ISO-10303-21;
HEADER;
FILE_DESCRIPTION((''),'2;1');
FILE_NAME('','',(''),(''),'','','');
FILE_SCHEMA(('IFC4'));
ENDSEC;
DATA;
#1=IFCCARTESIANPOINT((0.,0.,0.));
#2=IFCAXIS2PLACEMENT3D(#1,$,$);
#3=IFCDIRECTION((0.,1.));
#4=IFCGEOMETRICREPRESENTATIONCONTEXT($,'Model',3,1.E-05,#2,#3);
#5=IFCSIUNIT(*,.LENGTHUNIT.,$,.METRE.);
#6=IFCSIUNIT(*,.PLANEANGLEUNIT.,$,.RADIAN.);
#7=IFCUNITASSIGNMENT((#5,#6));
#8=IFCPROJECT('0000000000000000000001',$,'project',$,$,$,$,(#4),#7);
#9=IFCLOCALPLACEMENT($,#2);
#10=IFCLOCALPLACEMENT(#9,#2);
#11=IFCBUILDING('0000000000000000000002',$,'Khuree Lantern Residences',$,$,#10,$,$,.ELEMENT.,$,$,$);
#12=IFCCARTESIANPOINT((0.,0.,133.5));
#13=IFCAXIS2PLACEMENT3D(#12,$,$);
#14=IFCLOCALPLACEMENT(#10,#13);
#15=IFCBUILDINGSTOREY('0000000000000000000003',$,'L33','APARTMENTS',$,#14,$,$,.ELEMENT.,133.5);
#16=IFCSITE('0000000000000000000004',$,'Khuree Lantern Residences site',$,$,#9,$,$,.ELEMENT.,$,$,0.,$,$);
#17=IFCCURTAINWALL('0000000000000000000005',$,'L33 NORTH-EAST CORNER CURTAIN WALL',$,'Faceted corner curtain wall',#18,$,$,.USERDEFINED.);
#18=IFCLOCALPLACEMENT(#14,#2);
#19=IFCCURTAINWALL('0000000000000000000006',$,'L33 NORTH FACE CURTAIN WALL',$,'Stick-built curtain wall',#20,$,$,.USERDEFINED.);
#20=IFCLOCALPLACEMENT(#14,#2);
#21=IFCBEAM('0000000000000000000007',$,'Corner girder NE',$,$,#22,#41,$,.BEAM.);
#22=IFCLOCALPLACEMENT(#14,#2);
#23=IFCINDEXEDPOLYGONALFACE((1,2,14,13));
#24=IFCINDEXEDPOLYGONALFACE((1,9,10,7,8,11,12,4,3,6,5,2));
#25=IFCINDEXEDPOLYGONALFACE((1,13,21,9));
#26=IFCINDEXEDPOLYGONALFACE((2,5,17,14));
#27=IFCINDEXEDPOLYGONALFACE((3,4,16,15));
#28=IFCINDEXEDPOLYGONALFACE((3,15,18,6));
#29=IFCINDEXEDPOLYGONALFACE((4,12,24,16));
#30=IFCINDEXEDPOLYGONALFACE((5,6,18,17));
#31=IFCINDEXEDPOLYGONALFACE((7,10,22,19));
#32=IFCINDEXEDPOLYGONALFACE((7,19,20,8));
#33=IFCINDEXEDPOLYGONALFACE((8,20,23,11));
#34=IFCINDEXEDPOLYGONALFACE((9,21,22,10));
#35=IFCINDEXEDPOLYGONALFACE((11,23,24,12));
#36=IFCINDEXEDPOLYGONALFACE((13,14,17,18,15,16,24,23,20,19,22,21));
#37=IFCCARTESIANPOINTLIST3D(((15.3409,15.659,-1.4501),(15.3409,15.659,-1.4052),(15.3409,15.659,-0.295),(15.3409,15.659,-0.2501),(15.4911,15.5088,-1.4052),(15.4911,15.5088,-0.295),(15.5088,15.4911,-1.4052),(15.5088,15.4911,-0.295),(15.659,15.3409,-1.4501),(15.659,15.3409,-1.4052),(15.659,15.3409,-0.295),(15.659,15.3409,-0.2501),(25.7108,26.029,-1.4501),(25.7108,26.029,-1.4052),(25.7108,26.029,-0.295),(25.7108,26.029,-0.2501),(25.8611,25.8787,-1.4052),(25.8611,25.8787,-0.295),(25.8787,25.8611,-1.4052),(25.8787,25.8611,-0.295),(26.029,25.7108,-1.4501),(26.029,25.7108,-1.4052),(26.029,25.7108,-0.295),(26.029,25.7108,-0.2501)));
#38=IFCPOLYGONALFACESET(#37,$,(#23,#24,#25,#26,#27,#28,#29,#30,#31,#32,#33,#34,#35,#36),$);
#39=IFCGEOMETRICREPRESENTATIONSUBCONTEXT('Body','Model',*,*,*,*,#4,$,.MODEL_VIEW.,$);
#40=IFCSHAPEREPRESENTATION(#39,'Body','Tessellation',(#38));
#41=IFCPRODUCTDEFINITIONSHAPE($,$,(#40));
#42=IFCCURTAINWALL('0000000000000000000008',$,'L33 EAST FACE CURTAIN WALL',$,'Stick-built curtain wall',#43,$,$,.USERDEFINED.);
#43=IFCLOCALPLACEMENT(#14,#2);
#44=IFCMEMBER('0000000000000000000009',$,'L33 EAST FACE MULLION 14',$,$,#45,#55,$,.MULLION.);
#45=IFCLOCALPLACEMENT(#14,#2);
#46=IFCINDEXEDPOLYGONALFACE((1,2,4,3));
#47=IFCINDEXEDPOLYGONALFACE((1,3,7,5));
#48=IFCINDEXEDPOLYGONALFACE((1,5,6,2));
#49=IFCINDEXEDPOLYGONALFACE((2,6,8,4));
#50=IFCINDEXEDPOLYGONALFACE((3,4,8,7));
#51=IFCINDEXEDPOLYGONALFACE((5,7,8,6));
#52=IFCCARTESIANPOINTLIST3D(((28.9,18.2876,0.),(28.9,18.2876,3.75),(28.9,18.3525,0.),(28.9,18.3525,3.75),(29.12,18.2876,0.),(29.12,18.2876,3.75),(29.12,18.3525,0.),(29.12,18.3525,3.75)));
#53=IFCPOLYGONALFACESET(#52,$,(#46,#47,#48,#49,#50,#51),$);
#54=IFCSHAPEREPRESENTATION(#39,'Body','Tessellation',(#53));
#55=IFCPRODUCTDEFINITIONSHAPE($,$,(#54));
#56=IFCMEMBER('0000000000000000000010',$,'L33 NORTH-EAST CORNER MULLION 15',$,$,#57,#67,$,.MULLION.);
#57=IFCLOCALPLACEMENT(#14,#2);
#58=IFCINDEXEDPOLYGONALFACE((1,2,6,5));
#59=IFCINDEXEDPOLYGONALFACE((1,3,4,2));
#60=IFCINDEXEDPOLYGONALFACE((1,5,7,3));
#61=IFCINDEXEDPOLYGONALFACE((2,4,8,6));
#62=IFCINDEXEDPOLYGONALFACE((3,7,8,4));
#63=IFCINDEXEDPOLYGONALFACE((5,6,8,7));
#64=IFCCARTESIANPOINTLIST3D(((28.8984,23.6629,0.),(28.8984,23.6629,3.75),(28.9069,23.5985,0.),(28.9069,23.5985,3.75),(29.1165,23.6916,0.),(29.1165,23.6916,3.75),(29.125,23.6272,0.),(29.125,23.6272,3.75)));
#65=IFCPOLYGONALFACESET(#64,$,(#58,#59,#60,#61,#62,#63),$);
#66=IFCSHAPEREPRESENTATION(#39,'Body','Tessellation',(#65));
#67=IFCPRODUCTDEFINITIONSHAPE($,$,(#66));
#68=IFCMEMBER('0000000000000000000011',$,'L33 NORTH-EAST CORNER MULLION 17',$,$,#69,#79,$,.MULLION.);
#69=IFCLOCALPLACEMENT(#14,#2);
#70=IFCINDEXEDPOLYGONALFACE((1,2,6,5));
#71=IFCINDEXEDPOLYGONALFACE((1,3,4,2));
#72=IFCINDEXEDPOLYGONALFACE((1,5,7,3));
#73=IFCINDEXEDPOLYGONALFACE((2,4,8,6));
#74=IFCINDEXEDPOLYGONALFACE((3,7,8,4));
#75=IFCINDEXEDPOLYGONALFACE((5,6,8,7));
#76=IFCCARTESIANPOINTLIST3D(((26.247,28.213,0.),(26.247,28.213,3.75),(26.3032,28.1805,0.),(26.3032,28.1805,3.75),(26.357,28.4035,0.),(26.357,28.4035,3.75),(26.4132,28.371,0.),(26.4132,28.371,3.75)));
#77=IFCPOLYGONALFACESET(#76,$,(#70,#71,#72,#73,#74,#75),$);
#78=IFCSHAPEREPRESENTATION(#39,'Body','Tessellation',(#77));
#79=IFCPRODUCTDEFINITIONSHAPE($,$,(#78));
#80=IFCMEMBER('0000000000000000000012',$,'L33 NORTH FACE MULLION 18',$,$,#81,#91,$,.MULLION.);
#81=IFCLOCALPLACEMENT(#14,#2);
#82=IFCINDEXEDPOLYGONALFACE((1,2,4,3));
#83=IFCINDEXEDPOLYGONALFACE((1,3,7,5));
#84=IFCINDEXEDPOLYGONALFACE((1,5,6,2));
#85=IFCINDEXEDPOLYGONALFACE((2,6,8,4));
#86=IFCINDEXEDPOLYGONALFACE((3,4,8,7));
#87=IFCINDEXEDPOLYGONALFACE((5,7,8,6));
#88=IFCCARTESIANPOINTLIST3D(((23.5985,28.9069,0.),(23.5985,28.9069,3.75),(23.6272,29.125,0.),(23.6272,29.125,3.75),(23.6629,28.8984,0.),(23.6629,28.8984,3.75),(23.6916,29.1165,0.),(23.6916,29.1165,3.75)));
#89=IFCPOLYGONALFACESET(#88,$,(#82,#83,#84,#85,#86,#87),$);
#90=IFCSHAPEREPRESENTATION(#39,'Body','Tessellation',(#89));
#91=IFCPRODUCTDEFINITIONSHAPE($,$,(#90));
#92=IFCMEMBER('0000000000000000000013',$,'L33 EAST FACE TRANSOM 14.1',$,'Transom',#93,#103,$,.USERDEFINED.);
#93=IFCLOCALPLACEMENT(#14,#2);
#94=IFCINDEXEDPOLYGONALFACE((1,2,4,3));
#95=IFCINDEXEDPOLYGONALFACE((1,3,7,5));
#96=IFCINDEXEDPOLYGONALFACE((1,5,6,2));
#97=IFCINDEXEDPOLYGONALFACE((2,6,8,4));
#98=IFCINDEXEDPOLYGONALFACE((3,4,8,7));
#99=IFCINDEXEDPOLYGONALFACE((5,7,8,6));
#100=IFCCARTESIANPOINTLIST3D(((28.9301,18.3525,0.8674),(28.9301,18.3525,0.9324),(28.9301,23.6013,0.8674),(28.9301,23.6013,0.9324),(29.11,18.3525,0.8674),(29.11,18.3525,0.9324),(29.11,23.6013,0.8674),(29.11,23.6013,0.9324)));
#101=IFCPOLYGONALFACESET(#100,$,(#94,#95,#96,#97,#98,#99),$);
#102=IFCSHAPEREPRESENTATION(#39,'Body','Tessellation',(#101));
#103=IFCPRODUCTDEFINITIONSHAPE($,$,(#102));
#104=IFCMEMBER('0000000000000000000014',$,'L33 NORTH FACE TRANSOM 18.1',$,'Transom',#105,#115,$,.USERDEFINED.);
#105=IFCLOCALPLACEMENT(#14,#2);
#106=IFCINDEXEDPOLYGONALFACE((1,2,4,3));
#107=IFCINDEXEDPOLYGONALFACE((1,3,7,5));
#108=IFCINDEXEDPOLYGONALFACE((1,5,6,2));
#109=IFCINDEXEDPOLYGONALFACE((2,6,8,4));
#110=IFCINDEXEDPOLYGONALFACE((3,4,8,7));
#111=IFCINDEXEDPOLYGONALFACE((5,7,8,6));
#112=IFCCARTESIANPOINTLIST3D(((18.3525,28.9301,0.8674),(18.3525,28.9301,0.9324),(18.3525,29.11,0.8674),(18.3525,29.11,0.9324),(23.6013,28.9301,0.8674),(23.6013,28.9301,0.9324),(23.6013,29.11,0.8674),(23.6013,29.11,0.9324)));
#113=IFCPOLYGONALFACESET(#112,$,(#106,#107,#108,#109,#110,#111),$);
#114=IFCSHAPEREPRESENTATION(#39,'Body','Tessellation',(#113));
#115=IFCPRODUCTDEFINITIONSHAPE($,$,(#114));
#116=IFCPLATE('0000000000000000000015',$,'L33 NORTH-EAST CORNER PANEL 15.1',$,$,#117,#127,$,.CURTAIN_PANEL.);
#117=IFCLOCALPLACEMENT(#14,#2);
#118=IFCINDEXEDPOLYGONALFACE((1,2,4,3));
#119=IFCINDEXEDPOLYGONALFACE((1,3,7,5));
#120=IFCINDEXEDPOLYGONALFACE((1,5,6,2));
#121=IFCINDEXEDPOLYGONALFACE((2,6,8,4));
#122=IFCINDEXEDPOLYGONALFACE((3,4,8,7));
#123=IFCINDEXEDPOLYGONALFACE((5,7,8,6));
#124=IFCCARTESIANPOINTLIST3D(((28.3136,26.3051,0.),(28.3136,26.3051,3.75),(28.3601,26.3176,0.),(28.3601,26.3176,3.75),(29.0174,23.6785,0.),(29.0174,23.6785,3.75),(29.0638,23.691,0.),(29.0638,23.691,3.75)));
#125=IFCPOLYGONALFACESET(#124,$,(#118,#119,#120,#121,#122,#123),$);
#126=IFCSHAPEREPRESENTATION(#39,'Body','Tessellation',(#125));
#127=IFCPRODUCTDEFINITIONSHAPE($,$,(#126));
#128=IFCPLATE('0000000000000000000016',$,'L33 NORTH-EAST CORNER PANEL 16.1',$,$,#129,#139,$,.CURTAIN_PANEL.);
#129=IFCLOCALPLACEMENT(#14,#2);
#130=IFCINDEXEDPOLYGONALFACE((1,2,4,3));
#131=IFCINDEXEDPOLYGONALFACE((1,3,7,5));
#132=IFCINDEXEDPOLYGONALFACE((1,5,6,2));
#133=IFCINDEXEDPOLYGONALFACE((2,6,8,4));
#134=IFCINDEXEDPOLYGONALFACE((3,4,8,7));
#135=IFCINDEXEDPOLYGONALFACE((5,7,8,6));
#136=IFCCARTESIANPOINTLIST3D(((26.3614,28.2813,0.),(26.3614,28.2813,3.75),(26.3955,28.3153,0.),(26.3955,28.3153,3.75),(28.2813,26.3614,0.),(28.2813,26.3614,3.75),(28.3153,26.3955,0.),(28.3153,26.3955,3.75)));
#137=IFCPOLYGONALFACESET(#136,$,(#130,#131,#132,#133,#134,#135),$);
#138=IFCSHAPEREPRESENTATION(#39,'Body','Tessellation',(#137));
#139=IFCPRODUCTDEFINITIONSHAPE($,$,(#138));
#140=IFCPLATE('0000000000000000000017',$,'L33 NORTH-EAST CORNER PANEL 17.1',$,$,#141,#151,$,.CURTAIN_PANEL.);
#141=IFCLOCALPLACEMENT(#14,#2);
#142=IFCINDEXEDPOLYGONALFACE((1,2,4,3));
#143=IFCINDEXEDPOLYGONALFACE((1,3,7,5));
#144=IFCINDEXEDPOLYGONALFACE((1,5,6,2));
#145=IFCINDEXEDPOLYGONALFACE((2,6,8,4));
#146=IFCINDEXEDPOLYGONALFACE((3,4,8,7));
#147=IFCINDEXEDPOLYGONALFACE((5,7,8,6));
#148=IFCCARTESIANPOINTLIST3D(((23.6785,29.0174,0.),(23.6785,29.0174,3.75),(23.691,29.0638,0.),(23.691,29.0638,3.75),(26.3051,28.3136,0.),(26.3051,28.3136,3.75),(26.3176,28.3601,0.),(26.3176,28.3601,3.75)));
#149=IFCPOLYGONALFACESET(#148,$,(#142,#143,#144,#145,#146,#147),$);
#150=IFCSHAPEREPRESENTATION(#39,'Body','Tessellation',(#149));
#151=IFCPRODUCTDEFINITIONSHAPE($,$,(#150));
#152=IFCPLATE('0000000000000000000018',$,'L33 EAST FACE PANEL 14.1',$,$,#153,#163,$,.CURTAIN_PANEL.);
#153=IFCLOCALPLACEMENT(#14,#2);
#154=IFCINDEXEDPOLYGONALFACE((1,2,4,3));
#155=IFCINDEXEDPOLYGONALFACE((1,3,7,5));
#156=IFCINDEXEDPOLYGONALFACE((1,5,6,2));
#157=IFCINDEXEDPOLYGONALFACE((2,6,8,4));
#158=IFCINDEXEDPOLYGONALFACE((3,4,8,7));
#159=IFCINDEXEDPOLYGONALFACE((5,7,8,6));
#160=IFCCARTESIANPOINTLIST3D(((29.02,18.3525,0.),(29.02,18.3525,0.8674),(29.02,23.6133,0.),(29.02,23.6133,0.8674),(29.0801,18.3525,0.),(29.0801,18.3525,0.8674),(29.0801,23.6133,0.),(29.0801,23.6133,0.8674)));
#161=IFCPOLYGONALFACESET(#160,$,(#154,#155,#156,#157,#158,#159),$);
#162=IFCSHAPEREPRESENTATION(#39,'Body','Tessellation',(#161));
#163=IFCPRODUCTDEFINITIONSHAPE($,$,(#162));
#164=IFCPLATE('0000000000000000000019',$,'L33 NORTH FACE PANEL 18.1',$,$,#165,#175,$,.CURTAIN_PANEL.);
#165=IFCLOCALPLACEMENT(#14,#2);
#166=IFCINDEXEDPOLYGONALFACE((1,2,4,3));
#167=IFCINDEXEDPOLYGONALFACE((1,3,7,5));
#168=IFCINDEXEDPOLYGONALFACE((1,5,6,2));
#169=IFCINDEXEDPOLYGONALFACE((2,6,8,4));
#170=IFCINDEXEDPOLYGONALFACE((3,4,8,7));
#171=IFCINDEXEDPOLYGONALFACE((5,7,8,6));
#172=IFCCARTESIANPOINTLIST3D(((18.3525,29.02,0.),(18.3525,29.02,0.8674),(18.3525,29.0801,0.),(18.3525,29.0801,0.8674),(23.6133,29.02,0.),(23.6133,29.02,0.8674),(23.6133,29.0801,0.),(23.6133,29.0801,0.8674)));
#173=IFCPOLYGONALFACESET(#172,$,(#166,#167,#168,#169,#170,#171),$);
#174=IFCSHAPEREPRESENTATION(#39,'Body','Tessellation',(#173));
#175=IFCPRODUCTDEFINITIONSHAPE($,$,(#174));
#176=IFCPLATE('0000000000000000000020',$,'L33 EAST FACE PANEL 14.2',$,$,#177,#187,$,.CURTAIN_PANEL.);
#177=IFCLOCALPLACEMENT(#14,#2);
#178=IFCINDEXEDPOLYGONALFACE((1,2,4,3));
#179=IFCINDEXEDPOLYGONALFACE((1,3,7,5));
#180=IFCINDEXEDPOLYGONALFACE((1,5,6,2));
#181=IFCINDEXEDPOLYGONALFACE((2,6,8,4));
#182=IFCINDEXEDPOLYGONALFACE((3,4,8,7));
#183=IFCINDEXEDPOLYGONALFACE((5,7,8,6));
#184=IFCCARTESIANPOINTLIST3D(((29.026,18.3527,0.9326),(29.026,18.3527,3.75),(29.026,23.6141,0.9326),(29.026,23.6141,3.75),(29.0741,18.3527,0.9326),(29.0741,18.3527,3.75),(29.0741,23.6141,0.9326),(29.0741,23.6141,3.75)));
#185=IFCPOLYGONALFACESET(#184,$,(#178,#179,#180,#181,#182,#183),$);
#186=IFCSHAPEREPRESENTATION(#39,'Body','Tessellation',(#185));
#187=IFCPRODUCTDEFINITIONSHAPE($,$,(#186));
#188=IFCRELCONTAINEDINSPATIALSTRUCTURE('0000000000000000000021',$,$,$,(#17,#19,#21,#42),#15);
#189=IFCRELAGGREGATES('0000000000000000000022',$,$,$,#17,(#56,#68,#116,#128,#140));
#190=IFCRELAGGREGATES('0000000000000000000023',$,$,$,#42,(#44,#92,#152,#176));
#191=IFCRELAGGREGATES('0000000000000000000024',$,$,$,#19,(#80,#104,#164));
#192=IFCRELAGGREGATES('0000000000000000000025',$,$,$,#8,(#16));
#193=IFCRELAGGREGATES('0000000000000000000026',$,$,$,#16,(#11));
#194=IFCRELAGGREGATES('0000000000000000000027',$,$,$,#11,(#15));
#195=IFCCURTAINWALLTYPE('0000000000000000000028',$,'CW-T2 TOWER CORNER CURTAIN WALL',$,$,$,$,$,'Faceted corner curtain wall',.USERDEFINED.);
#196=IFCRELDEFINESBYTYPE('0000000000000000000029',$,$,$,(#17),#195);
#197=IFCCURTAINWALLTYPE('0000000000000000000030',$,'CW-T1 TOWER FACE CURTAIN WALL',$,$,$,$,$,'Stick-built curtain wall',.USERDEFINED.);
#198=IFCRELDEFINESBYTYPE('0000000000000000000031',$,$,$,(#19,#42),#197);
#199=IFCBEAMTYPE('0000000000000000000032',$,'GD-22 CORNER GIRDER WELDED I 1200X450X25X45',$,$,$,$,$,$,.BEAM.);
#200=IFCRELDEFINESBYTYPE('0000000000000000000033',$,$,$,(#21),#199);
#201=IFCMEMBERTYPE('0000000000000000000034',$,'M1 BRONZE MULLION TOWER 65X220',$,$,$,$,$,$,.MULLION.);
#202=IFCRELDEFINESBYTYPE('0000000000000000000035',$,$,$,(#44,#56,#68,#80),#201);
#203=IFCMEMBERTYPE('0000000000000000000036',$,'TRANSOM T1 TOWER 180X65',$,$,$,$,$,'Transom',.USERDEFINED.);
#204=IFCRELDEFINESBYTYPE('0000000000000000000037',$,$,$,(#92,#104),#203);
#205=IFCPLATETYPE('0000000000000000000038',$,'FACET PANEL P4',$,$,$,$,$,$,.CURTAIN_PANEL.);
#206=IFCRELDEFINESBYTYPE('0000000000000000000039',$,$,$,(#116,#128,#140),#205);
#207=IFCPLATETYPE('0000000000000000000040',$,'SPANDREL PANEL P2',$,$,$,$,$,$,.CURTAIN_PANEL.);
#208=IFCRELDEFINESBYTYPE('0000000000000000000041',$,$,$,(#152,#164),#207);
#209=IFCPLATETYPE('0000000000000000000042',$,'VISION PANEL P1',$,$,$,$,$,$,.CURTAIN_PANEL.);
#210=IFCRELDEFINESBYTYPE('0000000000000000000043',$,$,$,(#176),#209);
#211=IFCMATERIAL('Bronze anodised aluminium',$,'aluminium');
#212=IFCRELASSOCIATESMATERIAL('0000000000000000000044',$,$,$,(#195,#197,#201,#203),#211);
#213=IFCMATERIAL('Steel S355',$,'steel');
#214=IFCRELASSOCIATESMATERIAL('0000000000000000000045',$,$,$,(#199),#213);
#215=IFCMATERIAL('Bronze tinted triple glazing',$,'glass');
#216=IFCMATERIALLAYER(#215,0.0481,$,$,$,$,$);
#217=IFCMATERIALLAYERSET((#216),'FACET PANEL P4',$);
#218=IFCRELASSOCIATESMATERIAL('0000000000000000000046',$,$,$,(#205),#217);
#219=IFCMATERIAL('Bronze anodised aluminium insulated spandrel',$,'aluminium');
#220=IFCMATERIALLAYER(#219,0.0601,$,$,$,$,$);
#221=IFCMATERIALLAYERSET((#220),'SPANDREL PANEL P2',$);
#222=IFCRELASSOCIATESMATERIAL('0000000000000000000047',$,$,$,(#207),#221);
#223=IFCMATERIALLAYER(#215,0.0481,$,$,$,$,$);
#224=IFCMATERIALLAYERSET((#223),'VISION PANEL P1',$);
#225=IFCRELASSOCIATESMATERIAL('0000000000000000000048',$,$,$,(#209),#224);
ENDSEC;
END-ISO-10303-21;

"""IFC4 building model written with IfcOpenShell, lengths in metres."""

from ifc_helpers import new_model, si_unit, direction, frame, origin, origin_2d, place, context, subcontext, project, spatial, rectangle, i_section, extrude, material, layer, layer_set, material_profile, profile_set, type_object, element, aggregate, save


model = new_model("IFC4")

# Units and contexts
model_context = context("Model", 3, precision=1e-05, world=origin(), true_north=direction((0.0, 1.0)))
body_context = subcontext(model_context, "Body", "Model", "MODEL_VIEW")
ifc_project = project(units=[si_unit("LENGTHUNIT", "METRE"), si_unit("PLANEANGLEUNIT", "RADIAN")], contexts=[model_context])

# Site, building, storey
site_placement = place(None, origin())
site = spatial("IfcSite", under=ifc_project, at=site_placement, Name="Khuree Lantern Residences site", CompositionType="ELEMENT", RefElevation=0.0)
building_placement = place(site_placement, origin())
building = spatial("IfcBuilding", under=site, at=building_placement, Name="Khuree Lantern Residences", CompositionType="ELEMENT")
storey_placement = place(building_placement, frame((0.0, 0.0, 133.5)))
storey = spatial("IfcBuildingStorey", under=building, at=storey_placement, Name="L33", Description="APARTMENTS", CompositionType="ELEMENT", Elevation=133.5)

# Shared definitions
ifc_material_1 = material(Name="Steel S355", Category="steel")

# Curtain walls
ifc_material_2 = material(Name="Bronze anodised aluminium", Category="aluminium")
curtain_wall_type_1 = type_object("IfcCurtainWallType", Name="CW-T2 TOWER CORNER CURTAIN WALL", ElementType="Faceted corner curtain wall", PredefinedType="USERDEFINED", material=ifc_material_2)
curtain_wall_1_placement = place(storey_placement, origin())
curtain_wall_1 = element("IfcCurtainWall", 1, at=curtain_wall_1_placement, inside=storey, type_object=curtain_wall_type_1, Name="L33 NORTH-EAST CORNER CURTAIN WALL", ObjectType="Faceted corner curtain wall", PredefinedType="USERDEFINED")
curtain_wall_type_2 = type_object("IfcCurtainWallType", Name="CW-T1 TOWER FACE CURTAIN WALL", ElementType="Stick-built curtain wall", PredefinedType="USERDEFINED", material=ifc_material_2)
curtain_wall_2_placement = place(storey_placement, origin())
curtain_wall_2 = element("IfcCurtainWall", 2, at=curtain_wall_2_placement, inside=storey, type_object=curtain_wall_type_2, Name="L33 NORTH FACE CURTAIN WALL", ObjectType="Stick-built curtain wall", PredefinedType="USERDEFINED")

# Beam
ifc_material_profile_1 = material_profile(ifc_material_1, i_section(OverallWidth=0.45, OverallDepth=1.2, WebThickness=0.0249, FlangeThickness=0.0449, at=origin_2d()), Name="WELDED I 1200X450X25X45")
ifc_profile_set_1 = profile_set([ifc_material_profile_1], Name="Steel S355")
beam_type_1 = type_object("IfcBeamType", Name="GD-22 CORNER GIRDER WELDED I 1200X450X25X45", PredefinedType="BEAM", material=ifc_profile_set_1)
beam_1_placement = place(storey_placement, frame((25.8699, 25.8699, -0.8501), z_axis=(-0.707107, -0.707107, 0.0), x_axis=(0.707107, -0.707107, 0.0)))
element("IfcBeam", 3, at=beam_1_placement, inside=storey, type_object=beam_type_1, Name="Corner girder NE", PredefinedType="BEAM", context=body_context, shape_type="SweptSolid", body=[
    extrude(i_section(OverallWidth=0.45, OverallDepth=1.2, WebThickness=0.0249, FlangeThickness=0.0449, at=origin_2d()), origin(), (0.0, 0.0, 1.0), 14.6653),
])

# Curtain wall, member
curtain_wall_3_placement = place(storey_placement, origin())
curtain_wall_3 = element("IfcCurtainWall", 4, at=curtain_wall_3_placement, inside=storey, type_object=curtain_wall_type_2, Name="L33 EAST FACE CURTAIN WALL", ObjectType="Stick-built curtain wall", PredefinedType="USERDEFINED")
ifc_material_profile_2 = material_profile(ifc_material_2, rectangle(XDim=0.0649, YDim=0.22, at=origin_2d()), Name="M1 65X220")
ifc_profile_set_2 = profile_set([ifc_material_profile_2], Name="Bronze anodised aluminium")
member_type_1 = type_object("IfcMemberType", Name="M1 BRONZE MULLION TOWER 65X220", PredefinedType="MULLION", material=ifc_profile_set_2)
member_1_placement = place(storey_placement, frame((29.01, 18.3201, 0.0), z_axis=(0.0, 0.0, 1.0), x_axis=(0.0, 1.0, 0.0)))
member_1 = element("IfcMember", 5, at=member_1_placement, type_object=member_type_1, Name="L33 EAST FACE MULLION 14", PredefinedType="MULLION", context=body_context, shape_type="SweptSolid", body=[
    extrude(rectangle(XDim=0.0649, YDim=0.22, at=origin_2d()), origin(), (0.0, 0.0, 1.0), 3.75),
])

# Members
member_2_placement = place(storey_placement, frame((29.0117, 23.645, 0.0), z_axis=(0.0, 0.0, 1.0), x_axis=(-0.130526, 0.991445, 0.0)))
member_2 = element("IfcMember", 6, at=member_2_placement, type_object=member_type_1, Name="L33 NORTH-EAST CORNER MULLION 15", PredefinedType="MULLION", context=body_context, shape_type="SweptSolid", body=[
    extrude(rectangle(XDim=0.0649, YDim=0.22, at=origin_2d()), origin(), (0.0, 0.0, 1.0), 3.75),
])
member_3_placement = place(storey_placement, frame((26.3301, 28.292, 0.0), z_axis=(0.0, 0.0, 1.0), x_axis=(-0.866025, 0.5, 0.0)))
member_3 = element("IfcMember", 7, at=member_3_placement, type_object=member_type_1, Name="L33 NORTH-EAST CORNER MULLION 17", PredefinedType="MULLION", context=body_context, shape_type="SweptSolid", body=[
    extrude(rectangle(XDim=0.0649, YDim=0.22, at=origin_2d()), origin(), (0.0, 0.0, 1.0), 3.75),
])
member_4_placement = place(storey_placement, frame((23.645, 29.0117, 0.0), z_axis=(0.0, 0.0, 1.0), x_axis=(-0.991445, 0.130526, 0.0)))
member_4 = element("IfcMember", 8, at=member_4_placement, type_object=member_type_1, Name="L33 NORTH FACE MULLION 18", PredefinedType="MULLION", context=body_context, shape_type="SweptSolid", body=[
    extrude(rectangle(XDim=0.0649, YDim=0.22, at=origin_2d()), origin(), (0.0, 0.0, 1.0), 3.75),
])
ifc_material_profile_3 = material_profile(ifc_material_2, rectangle(XDim=0.1799, YDim=0.0649, at=origin_2d()), Name="T1 180X65")
ifc_profile_set_3 = profile_set([ifc_material_profile_3], Name="Bronze anodised aluminium")
member_type_2 = type_object("IfcMemberType", Name="TRANSOM T1 TOWER 180X65", ElementType="Transom", PredefinedType="USERDEFINED", material=ifc_profile_set_3)
member_5_placement = place(storey_placement, frame((29.02, 18.3525, 0.8999), z_axis=(0.0, 1.0, 0.0), x_axis=(-1.0, 0.0, 0.0)))
member_5 = element("IfcMember", 9, at=member_5_placement, type_object=member_type_2, Name="L33 EAST FACE TRANSOM 14.1", ObjectType="Transom", PredefinedType="USERDEFINED", context=body_context, shape_type="SweptSolid", body=[
    extrude(rectangle(XDim=0.1799, YDim=0.0649, at=origin_2d()), origin(), (0.0, 0.0, 1.0), 5.2488),
])
member_6_placement = place(storey_placement, frame((23.6013, 29.02, 0.8999), z_axis=(-1.0, 0.0, 0.0), x_axis=(0.0, -1.0, 0.0)))
member_6 = element("IfcMember", 10, at=member_6_placement, type_object=member_type_2, Name="L33 NORTH FACE TRANSOM 18.1", ObjectType="Transom", PredefinedType="USERDEFINED", context=body_context, shape_type="SweptSolid", body=[
    extrude(rectangle(XDim=0.1799, YDim=0.0649, at=origin_2d()), origin(), (0.0, 0.0, 1.0), 5.2488),
])

# Plates
ifc_material_3 = material(Name="Bronze tinted triple glazing", Category="glass")
ifc_layer_1 = layer(ifc_material_3, 0.0481)
ifc_layer_set_1 = layer_set([ifc_layer_1], Name="FACET PANEL P4")
plate_type_1 = type_object("IfcPlateType", Name="FACET PANEL P4", PredefinedType="CURTAIN_PANEL", material=ifc_layer_set_1)
plate_1_placement = place(storey_placement, frame((28.6887, 24.998, 0.0), z_axis=(0.0, 0.0, 1.0), x_axis=(-0.258819, 0.965926, 0.0)))
plate_1 = element("IfcPlate", 11, at=plate_1_placement, type_object=plate_type_1, Name="L33 NORTH-EAST CORNER PANEL 15.1", PredefinedType="CURTAIN_PANEL", context=body_context, shape_type="SweptSolid", body=[
    extrude(rectangle(XDim=2.7192, YDim=0.0481, at=origin_2d()), origin(), (0.0, 0.0, 1.0), 3.75),
])
plate_2_placement = place(storey_placement, frame((27.3384, 27.3384, 0.0), z_axis=(0.0, 0.0, 1.0), x_axis=(-0.707107, 0.707107, 0.0)))
plate_2 = element("IfcPlate", 12, at=plate_2_placement, type_object=plate_type_1, Name="L33 NORTH-EAST CORNER PANEL 16.1", PredefinedType="CURTAIN_PANEL", context=body_context, shape_type="SweptSolid", body=[
    extrude(rectangle(XDim=2.7151, YDim=0.0481, at=origin_2d()), origin(), (0.0, 0.0, 1.0), 3.75),
])
plate_3_placement = place(storey_placement, frame((24.998, 28.6887, 0.0), z_axis=(0.0, 0.0, 1.0), x_axis=(-0.965926, 0.258819, 0.0)))
plate_3 = element("IfcPlate", 13, at=plate_3_placement, type_object=plate_type_1, Name="L33 NORTH-EAST CORNER PANEL 17.1", PredefinedType="CURTAIN_PANEL", context=body_context, shape_type="SweptSolid", body=[
    extrude(rectangle(XDim=2.7192, YDim=0.0481, at=origin_2d()), origin(), (0.0, 0.0, 1.0), 3.75),
])
aggregate(curtain_wall_1, [member_2, member_3, plate_1, plate_2, plate_3])
ifc_material_4 = material(Name="Bronze anodised aluminium insulated spandrel", Category="aluminium")
ifc_layer_2 = layer(ifc_material_4, 0.0601)
ifc_layer_set_2 = layer_set([ifc_layer_2], Name="SPANDREL PANEL P2")
plate_type_2 = type_object("IfcPlateType", Name="SPANDREL PANEL P2", PredefinedType="CURTAIN_PANEL", material=ifc_layer_set_2)
plate_4_placement = place(storey_placement, frame((29.05, 20.9829, 0.0), z_axis=(0.0, 0.0, 1.0), x_axis=(0.0, 1.0, 0.0)))
plate_4 = element("IfcPlate", 14, at=plate_4_placement, type_object=plate_type_2, Name="L33 EAST FACE PANEL 14.1", PredefinedType="CURTAIN_PANEL", context=body_context, shape_type="SweptSolid", body=[
    extrude(rectangle(XDim=5.2607, YDim=0.0601, at=origin_2d()), origin(), (0.0, 0.0, 1.0), 0.8674),
])
plate_5_placement = place(storey_placement, frame((20.9829, 29.05, 0.0), z_axis=(0.0, 0.0, 1.0), x_axis=(-1.0, 0.0, 0.0)))
plate_5 = element("IfcPlate", 15, at=plate_5_placement, type_object=plate_type_2, Name="L33 NORTH FACE PANEL 18.1", PredefinedType="CURTAIN_PANEL", context=body_context, shape_type="SweptSolid", body=[
    extrude(rectangle(XDim=5.2607, YDim=0.0601, at=origin_2d()), origin(), (0.0, 0.0, 1.0), 0.8674),
])
ifc_layer_3 = layer(ifc_material_3, 0.0481)
ifc_layer_set_3 = layer_set([ifc_layer_3], Name="VISION PANEL P1")
plate_type_3 = type_object("IfcPlateType", Name="VISION PANEL P1", PredefinedType="CURTAIN_PANEL", material=ifc_layer_set_3)
plate_6_placement = place(storey_placement, frame((29.05, 20.9834, 0.9326), z_axis=(0.0, 0.0, 1.0), x_axis=(0.0, 1.0, 0.0)))
plate_6 = element("IfcPlate", 16, at=plate_6_placement, type_object=plate_type_3, Name="L33 EAST FACE PANEL 14.2", PredefinedType="CURTAIN_PANEL", context=body_context, shape_type="SweptSolid", body=[
    extrude(rectangle(XDim=5.2615, YDim=0.0481, at=origin_2d()), origin(), (0.0, 0.0, 1.0), 2.8174),
])
aggregate(curtain_wall_3, [member_1, member_5, plate_4, plate_6])
aggregate(curtain_wall_2, [member_4, member_6, plate_5])

save(model, "model.ifc")
